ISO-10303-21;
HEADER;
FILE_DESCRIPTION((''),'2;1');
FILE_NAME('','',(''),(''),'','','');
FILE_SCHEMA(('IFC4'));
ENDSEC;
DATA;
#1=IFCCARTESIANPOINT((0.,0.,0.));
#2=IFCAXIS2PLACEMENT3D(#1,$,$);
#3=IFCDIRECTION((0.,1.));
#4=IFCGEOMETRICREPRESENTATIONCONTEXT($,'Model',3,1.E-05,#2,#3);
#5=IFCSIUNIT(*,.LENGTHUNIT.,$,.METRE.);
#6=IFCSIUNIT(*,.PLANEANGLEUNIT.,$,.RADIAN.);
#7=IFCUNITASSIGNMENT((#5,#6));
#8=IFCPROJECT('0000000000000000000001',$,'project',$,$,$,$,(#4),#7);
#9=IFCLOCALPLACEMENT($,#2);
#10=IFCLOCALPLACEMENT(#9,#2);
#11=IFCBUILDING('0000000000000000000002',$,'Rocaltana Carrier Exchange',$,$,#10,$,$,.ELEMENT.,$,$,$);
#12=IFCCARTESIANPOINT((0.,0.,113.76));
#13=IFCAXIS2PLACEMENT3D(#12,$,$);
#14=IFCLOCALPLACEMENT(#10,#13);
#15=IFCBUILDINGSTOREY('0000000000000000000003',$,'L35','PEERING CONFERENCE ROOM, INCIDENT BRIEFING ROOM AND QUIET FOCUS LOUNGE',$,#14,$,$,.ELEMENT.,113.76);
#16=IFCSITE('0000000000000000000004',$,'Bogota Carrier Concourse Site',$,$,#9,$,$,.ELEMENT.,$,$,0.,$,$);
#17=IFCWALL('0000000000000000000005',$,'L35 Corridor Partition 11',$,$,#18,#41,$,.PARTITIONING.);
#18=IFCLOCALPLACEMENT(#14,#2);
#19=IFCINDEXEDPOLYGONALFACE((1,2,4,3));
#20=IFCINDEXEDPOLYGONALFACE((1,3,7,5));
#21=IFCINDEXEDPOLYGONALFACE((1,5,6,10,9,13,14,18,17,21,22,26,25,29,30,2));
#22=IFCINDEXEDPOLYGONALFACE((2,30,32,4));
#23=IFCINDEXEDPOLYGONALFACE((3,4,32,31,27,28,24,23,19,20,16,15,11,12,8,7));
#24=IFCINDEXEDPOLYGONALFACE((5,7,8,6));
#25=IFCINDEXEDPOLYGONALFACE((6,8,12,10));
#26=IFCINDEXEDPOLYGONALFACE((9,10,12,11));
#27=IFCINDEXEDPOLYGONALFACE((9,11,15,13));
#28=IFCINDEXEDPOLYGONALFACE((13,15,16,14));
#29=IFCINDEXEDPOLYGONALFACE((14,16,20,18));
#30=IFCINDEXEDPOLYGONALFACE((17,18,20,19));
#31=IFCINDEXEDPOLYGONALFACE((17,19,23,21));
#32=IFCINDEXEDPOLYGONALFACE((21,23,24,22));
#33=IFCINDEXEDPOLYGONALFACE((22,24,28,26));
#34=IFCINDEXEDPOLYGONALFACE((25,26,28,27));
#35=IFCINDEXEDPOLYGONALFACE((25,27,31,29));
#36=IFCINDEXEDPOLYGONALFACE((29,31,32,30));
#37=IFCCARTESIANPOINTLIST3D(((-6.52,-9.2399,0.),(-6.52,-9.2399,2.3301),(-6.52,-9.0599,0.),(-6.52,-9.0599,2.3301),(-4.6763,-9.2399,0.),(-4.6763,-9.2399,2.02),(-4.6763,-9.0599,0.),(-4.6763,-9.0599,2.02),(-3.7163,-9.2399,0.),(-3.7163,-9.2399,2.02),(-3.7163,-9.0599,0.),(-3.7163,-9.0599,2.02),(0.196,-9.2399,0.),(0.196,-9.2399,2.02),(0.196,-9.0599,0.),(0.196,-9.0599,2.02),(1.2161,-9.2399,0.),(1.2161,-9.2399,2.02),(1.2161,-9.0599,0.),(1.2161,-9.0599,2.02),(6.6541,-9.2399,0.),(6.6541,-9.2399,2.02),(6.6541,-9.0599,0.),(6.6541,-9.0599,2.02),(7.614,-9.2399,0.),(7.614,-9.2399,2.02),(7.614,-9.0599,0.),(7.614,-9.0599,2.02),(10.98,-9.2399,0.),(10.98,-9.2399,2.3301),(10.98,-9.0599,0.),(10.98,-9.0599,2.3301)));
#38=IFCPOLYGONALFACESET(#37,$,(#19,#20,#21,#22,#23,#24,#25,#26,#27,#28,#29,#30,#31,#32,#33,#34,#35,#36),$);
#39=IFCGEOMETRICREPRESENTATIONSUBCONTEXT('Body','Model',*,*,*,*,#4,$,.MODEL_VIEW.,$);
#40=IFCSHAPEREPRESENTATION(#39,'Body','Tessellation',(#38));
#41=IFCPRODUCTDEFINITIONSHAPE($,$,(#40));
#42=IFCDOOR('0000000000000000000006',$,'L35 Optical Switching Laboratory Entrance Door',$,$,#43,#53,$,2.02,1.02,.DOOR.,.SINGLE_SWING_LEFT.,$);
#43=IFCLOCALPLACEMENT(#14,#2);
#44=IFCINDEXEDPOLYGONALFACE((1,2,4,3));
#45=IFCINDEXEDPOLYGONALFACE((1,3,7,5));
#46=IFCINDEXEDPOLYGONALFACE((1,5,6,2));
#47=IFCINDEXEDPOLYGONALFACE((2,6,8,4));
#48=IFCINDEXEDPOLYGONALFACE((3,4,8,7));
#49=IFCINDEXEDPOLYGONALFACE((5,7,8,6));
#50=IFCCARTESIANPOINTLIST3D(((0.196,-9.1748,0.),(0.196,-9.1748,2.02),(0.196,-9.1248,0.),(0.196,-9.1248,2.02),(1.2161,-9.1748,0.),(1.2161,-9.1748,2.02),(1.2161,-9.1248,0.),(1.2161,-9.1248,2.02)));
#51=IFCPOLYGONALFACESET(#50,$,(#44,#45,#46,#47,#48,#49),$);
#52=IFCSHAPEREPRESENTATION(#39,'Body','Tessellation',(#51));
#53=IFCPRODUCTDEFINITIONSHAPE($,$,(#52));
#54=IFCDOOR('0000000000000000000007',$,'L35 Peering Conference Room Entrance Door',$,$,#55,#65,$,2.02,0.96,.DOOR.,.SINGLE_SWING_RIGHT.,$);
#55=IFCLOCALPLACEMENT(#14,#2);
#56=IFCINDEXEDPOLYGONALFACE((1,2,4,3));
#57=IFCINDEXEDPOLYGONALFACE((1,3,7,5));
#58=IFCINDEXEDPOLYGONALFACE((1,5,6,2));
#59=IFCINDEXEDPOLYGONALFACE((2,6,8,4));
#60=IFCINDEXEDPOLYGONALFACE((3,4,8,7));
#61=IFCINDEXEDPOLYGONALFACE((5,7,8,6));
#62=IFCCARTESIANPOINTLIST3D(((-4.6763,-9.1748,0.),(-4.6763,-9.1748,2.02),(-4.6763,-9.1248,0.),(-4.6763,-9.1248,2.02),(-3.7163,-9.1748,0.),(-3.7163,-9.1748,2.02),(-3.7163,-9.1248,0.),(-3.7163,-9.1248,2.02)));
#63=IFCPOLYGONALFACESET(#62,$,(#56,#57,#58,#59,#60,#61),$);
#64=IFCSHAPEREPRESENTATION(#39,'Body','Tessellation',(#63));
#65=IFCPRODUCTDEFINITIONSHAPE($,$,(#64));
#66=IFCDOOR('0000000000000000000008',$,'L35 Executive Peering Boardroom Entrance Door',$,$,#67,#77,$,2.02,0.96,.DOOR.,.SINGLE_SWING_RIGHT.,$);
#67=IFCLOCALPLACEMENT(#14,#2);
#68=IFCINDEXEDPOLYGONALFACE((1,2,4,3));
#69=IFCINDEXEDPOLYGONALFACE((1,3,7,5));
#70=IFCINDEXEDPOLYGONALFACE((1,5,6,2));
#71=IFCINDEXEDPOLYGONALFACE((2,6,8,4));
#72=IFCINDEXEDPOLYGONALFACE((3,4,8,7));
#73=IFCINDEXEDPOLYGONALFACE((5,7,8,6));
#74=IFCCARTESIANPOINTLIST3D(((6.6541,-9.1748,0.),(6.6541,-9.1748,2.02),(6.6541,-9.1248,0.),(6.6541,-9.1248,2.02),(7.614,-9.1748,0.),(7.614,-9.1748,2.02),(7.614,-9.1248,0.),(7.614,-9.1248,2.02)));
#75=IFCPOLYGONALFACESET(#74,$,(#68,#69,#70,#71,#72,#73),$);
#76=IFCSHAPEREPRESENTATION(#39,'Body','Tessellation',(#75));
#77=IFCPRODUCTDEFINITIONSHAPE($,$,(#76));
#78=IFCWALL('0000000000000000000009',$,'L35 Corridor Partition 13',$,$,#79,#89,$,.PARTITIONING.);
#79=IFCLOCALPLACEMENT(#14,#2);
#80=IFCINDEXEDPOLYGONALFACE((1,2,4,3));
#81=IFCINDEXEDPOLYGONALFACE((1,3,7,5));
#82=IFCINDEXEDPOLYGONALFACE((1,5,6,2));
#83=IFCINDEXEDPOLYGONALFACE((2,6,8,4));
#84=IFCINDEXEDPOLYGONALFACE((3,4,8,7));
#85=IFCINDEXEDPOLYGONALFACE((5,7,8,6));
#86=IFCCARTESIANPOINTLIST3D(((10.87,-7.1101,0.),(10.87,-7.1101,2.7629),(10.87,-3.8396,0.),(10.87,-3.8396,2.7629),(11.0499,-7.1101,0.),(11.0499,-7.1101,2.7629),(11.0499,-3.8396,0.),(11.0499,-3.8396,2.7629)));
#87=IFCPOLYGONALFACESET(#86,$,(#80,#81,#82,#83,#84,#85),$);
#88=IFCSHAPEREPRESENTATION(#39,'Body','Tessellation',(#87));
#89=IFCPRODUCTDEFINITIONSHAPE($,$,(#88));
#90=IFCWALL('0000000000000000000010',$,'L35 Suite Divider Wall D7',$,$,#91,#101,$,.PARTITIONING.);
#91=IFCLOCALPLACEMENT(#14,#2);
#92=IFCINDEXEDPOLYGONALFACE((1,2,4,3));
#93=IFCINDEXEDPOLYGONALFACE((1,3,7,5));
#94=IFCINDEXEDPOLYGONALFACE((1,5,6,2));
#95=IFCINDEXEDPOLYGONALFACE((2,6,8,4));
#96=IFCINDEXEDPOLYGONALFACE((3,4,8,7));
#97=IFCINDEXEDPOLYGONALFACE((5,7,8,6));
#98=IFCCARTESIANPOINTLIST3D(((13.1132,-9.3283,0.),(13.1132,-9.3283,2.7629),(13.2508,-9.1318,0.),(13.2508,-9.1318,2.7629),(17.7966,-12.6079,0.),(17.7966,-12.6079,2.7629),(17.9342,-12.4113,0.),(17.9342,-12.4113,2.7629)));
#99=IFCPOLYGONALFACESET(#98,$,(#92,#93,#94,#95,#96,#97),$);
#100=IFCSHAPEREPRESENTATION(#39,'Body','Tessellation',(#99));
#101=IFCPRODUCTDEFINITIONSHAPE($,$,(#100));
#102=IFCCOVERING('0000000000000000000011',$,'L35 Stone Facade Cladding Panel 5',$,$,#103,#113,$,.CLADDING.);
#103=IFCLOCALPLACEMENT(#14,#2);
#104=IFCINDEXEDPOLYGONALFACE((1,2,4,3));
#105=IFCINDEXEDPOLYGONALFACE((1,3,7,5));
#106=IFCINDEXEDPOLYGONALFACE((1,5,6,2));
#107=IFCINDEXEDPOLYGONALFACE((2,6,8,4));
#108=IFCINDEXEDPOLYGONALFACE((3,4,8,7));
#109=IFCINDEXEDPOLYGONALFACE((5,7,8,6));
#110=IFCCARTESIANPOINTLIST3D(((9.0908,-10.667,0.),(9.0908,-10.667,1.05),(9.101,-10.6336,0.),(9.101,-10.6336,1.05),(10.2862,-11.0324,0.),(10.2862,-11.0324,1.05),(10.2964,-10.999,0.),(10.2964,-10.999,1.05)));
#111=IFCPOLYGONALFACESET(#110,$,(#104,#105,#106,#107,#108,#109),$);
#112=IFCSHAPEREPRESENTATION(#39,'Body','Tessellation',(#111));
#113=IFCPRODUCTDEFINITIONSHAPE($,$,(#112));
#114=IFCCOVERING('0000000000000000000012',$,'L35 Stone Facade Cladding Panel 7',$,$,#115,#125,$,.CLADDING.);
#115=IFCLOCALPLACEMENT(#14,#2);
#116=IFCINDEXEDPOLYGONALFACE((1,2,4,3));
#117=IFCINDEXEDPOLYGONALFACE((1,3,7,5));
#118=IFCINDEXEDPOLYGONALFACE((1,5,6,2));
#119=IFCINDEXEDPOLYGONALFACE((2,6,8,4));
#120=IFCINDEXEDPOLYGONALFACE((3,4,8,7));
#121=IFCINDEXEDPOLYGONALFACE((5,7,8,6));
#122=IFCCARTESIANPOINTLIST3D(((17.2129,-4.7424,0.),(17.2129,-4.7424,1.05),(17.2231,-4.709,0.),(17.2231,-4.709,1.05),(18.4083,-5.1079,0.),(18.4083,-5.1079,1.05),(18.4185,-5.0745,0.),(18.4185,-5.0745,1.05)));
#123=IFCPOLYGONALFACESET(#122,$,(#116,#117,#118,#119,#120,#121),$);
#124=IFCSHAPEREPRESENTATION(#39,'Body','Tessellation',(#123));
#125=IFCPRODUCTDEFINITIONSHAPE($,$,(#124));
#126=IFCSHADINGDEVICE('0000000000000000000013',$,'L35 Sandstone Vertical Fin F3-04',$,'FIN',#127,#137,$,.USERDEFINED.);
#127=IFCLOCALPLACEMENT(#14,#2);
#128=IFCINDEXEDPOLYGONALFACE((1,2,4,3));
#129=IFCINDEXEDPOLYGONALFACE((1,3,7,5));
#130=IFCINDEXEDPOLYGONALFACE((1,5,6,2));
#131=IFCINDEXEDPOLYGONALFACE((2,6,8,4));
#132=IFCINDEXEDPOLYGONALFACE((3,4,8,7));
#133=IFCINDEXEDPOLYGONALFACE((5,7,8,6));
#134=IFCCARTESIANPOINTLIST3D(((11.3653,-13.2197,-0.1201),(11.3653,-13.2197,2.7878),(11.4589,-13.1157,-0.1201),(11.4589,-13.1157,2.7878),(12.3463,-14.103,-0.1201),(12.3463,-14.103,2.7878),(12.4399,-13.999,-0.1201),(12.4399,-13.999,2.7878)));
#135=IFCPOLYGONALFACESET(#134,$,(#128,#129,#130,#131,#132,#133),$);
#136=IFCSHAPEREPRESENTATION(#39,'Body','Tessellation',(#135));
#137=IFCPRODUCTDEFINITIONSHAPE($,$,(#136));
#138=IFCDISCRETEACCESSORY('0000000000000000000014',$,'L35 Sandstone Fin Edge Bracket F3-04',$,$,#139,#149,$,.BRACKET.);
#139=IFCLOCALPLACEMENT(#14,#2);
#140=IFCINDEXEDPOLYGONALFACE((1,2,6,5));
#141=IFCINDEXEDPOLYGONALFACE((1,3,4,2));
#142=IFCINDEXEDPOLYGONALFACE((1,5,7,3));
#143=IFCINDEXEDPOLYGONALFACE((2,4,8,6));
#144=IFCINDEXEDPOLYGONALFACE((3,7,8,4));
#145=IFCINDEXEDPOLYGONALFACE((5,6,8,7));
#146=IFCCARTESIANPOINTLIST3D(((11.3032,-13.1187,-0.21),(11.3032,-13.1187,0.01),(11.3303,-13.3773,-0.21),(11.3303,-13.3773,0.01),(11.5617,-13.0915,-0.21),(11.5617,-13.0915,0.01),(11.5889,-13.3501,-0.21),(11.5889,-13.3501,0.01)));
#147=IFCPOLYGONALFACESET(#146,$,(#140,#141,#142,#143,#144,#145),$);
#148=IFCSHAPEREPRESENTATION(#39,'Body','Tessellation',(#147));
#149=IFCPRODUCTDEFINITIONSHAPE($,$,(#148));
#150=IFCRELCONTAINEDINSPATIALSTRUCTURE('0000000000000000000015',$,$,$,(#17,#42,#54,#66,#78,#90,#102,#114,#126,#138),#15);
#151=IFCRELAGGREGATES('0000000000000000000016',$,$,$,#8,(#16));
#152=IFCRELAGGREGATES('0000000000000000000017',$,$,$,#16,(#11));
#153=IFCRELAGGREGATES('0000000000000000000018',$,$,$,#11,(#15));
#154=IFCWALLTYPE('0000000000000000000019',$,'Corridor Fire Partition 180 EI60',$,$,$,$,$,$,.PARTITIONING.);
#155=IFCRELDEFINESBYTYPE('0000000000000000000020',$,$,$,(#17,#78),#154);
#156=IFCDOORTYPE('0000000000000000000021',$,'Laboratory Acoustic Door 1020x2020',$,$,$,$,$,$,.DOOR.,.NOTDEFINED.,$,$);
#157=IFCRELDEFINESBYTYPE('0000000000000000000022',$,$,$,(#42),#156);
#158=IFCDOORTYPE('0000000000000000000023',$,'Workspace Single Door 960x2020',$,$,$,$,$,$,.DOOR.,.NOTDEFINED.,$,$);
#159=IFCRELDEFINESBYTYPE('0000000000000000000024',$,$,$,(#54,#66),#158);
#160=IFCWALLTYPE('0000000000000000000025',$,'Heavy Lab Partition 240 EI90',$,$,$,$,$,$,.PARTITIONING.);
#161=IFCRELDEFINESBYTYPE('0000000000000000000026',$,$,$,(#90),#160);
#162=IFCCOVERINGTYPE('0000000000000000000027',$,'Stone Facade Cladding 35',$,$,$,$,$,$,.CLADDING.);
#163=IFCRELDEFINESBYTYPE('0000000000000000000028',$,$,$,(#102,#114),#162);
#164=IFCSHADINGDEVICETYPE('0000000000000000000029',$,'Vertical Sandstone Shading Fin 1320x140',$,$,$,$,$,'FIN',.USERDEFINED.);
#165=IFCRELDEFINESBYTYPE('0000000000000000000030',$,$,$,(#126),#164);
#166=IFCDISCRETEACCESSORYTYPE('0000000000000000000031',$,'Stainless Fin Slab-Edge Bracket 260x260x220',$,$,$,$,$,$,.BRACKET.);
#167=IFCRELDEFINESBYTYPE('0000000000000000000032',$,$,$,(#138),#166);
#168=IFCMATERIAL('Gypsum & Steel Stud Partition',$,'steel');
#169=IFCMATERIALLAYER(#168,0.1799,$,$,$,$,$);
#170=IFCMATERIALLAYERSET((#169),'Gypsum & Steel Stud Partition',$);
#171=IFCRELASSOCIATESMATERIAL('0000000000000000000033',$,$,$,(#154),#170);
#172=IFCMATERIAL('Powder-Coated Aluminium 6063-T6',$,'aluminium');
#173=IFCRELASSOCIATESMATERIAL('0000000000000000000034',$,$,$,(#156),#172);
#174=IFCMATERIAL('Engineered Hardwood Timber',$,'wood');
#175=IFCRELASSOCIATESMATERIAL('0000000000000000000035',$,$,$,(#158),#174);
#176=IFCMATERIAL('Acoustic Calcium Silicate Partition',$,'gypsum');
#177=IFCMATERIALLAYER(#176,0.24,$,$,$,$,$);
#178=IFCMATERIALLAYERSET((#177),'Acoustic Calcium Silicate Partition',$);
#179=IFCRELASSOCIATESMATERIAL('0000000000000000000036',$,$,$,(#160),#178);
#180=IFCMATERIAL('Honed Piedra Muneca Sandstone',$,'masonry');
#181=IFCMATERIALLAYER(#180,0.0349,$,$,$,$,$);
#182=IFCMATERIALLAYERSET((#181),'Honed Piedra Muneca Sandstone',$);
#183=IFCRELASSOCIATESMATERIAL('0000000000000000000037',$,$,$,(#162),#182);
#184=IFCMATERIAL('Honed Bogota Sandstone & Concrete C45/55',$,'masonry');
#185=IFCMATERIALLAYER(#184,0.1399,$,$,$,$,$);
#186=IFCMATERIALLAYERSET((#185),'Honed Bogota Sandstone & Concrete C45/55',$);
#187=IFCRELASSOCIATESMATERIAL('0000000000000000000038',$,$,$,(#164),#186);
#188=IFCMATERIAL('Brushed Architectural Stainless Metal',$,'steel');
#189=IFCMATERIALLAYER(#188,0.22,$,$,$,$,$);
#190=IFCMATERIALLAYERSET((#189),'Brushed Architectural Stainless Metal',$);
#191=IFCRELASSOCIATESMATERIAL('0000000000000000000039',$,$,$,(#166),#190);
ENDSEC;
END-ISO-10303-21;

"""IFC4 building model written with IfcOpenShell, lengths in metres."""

from ifc_helpers import new_model, si_unit, direction, frame, frame_2d, origin, origin_2d, place, context, subcontext, project, spatial, rectangle, extrude, material, layer, layer_set, type_object, element, fill, save


model = new_model("IFC4")

# Units and contexts
model_context = context("Model", 3, precision=1e-05, world=origin(), true_north=direction((0.0, 1.0)))
body_context = subcontext(model_context, "Body", "Model", "MODEL_VIEW")
ifc_project = project(units=[si_unit("LENGTHUNIT", "METRE"), si_unit("PLANEANGLEUNIT", "RADIAN")], contexts=[model_context])

# Site, building, storey
site_placement = place(None, origin())
site = spatial("IfcSite", under=ifc_project, at=site_placement, Name="Bogota Carrier Concourse Site", CompositionType="ELEMENT", RefElevation=0.0)
building_placement = place(site_placement, origin())
building = spatial("IfcBuilding", under=site, at=building_placement, Name="Rocaltana Carrier Exchange", CompositionType="ELEMENT")
storey_placement = place(building_placement, frame((0.0, 0.0, 113.76)))
storey = spatial("IfcBuildingStorey", under=building, at=storey_placement, Name="L35", Description="PEERING CONFERENCE ROOM, INCIDENT BRIEFING ROOM AND QUIET FOCUS LOUNGE", CompositionType="ELEMENT", Elevation=113.76)

# Shared definitions
ifc_material_1 = material(Name="Gypsum & Steel Stud Partition", Category="steel")
ifc_layer_1 = layer(ifc_material_1, 0.1799)
ifc_layer_set_1 = layer_set([ifc_layer_1], Name="Gypsum & Steel Stud Partition")
wall_type_1 = type_object("IfcWallType", Name="Corridor Fire Partition 180 EI60", PredefinedType="PARTITIONING", material=ifc_layer_set_1)

# Wall, openings, doors
wall_1_placement = place(storey_placement, frame((10.98, -9.1499, 0.0), z_axis=(0.0, 0.0, 1.0), x_axis=(-1.0, 0.0, 0.0)))
wall_1 = element("IfcWall", 1, at=wall_1_placement, inside=storey, type_object=wall_type_1, Name="L35 Corridor Partition 11", PredefinedType="PARTITIONING", context=body_context, shape_type="SweptSolid", body=[
    extrude(rectangle(XDim=17.5, YDim=0.1799, at=frame_2d((8.75, 0.0))), origin(), (0.0, 0.0, 1.0), 2.3301),
])
opening_1_placement = place(wall_1_placement, frame((14.6963, 0.0, 0.0)))
opening_1 = element("IfcOpeningElement", 2, at=opening_1_placement, cuts=wall_1, PredefinedType="OPENING", context=body_context, shape_type="SweptSolid", body=[
    extrude(rectangle(XDim=0.96, YDim=2.02, at=frame_2d((0.48, 1.01))), frame((0.0, 0.0999, 0.0), z_axis=(0.0, -1.0, 0.0), x_axis=(1.0, 0.0, 0.0)), (0.0, 0.0, 1.0), 0.2),
])
opening_2_placement = place(wall_1_placement, frame((9.7639, 0.0, 0.0)))
opening_2 = element("IfcOpeningElement", 3, at=opening_2_placement, cuts=wall_1, PredefinedType="OPENING", context=body_context, shape_type="SweptSolid", body=[
    extrude(rectangle(XDim=1.02, YDim=2.02, at=frame_2d((0.51, 1.01))), frame((0.0, 0.0999, 0.0), z_axis=(0.0, -1.0, 0.0), x_axis=(1.0, 0.0, 0.0)), (0.0, 0.0, 1.0), 0.2),
])
opening_3_placement = place(wall_1_placement, frame((3.366, 0.0, 0.0)))
opening_3 = element("IfcOpeningElement", 4, at=opening_3_placement, cuts=wall_1, PredefinedType="OPENING", context=body_context, shape_type="SweptSolid", body=[
    extrude(rectangle(XDim=0.96, YDim=2.02, at=frame_2d((0.48, 1.01))), frame((0.0, 0.0999, 0.0), z_axis=(0.0, -1.0, 0.0), x_axis=(1.0, 0.0, 0.0)), (0.0, 0.0, 1.0), 0.2),
])
ifc_material_2 = material(Name="Powder-Coated Aluminium 6063-T6", Category="aluminium")
door_type_1 = type_object("IfcDoorType", Name="Laboratory Acoustic Door 1020x2020", OperationType="NOTDEFINED", PredefinedType="DOOR", material=ifc_material_2)
door_1_placement = place(opening_2_placement, origin())
door_1 = element("IfcDoor", 5, at=door_1_placement, inside=storey, type_object=door_type_1, Name="L35 Optical Switching Laboratory Entrance Door", OperationType="SINGLE_SWING_LEFT", OverallHeight=2.02, OverallWidth=1.02, PredefinedType="DOOR", context=body_context, shape_type="SweptSolid", body=[
    extrude(rectangle(XDim=1.02, YDim=2.02, at=frame_2d((0.51, 1.01))), frame((0.0, 0.0249, 0.0), z_axis=(0.0, -1.0, 0.0), x_axis=(1.0, 0.0, 0.0)), (0.0, 0.0, 1.0), 0.05),
])
fill(opening_2, door_1)
ifc_material_3 = material(Name="Engineered Hardwood Timber", Category="wood")
door_type_2 = type_object("IfcDoorType", Name="Workspace Single Door 960x2020", OperationType="NOTDEFINED", PredefinedType="DOOR", material=ifc_material_3)
door_2_placement = place(opening_1_placement, origin())
door_2 = element("IfcDoor", 6, at=door_2_placement, inside=storey, type_object=door_type_2, Name="L35 Peering Conference Room Entrance Door", OperationType="SINGLE_SWING_RIGHT", OverallHeight=2.02, OverallWidth=0.96, PredefinedType="DOOR", context=body_context, shape_type="SweptSolid", body=[
    extrude(rectangle(XDim=0.96, YDim=2.02, at=frame_2d((0.48, 1.01))), frame((0.0, 0.0249, 0.0), z_axis=(0.0, -1.0, 0.0), x_axis=(1.0, 0.0, 0.0)), (0.0, 0.0, 1.0), 0.05),
])
fill(opening_1, door_2)
door_3_placement = place(opening_3_placement, origin())
door_3 = element("IfcDoor", 7, at=door_3_placement, inside=storey, type_object=door_type_2, Name="L35 Executive Peering Boardroom Entrance Door", OperationType="SINGLE_SWING_RIGHT", OverallHeight=2.02, OverallWidth=0.96, PredefinedType="DOOR", context=body_context, shape_type="SweptSolid", body=[
    extrude(rectangle(XDim=0.96, YDim=2.02, at=frame_2d((0.48, 1.01))), frame((0.0, 0.0249, 0.0), z_axis=(0.0, -1.0, 0.0), x_axis=(1.0, 0.0, 0.0)), (0.0, 0.0, 1.0), 0.05),
])
fill(opening_3, door_3)

# Walls
wall_2_placement = place(storey_placement, frame((10.96, -7.1101, 0.0), z_axis=(0.0, 0.0, 1.0), x_axis=(0.0, 1.0, 0.0)))
element("IfcWall", 8, at=wall_2_placement, inside=storey, type_object=wall_type_1, Name="L35 Corridor Partition 13", PredefinedType="PARTITIONING", context=body_context, shape_type="SweptSolid", body=[
    extrude(rectangle(XDim=3.2705, YDim=0.1799, at=frame_2d((1.6353, 0.0))), origin(), (0.0, 0.0, 1.0), 2.7629),
])
ifc_material_4 = material(Name="Acoustic Calcium Silicate Partition", Category="gypsum")
ifc_layer_2 = layer(ifc_material_4, 0.24)
ifc_layer_set_2 = layer_set([ifc_layer_2], Name="Acoustic Calcium Silicate Partition")
wall_type_2 = type_object("IfcWallType", Name="Heavy Lab Partition 240 EI90", PredefinedType="PARTITIONING", material=ifc_layer_set_2)
wall_3_placement = place(storey_placement, frame((13.1819, -9.23, 0.0), z_axis=(0.0, 0.0, 1.0), x_axis=(0.819134, -0.573603, 0.0)))
element("IfcWall", 9, at=wall_3_placement, inside=storey, type_object=wall_type_2, Name="L35 Suite Divider Wall D7", PredefinedType="PARTITIONING", context=body_context, shape_type="SweptSolid", body=[
    extrude(rectangle(XDim=5.7175, YDim=0.24, at=frame_2d((2.8589, 0.0))), origin(), (0.0, 0.0, 1.0), 2.7629),
])

# Coverings
ifc_material_5 = material(Name="Honed Piedra Muneca Sandstone", Category="masonry")
ifc_layer_3 = layer(ifc_material_5, 0.0349)
ifc_layer_set_3 = layer_set([ifc_layer_3], Name="Honed Piedra Muneca Sandstone")
covering_type = type_object("IfcCoveringType", Name="Stone Facade Cladding 35", PredefinedType="CLADDING", material=ifc_layer_set_3)
for number, where, z_axis, x_axis, name in (
    (10, (9.6936, -10.833, 0.0), (0.0, 0.0, 1.0), (-0.956305, 0.292372, 0.0), "L35 Stone Facade Cladding Panel 5"),
    (11, (17.8157, -4.9084, 0.0), (0.0, 0.0, 1.0), (-0.956305, 0.292372, 0.0), "L35 Stone Facade Cladding Panel 7"),
):
    element("IfcCovering", number, at=place(storey_placement, frame(where, z_axis=z_axis, x_axis=x_axis)), inside=storey, type_object=covering_type, Name=name, PredefinedType="CLADDING", context=body_context, shape_type="SweptSolid", body=[
        extrude(rectangle(XDim=1.25, YDim=0.0349, at=origin_2d()), origin(), (0.0, 0.0, 1.0), 1.05),
    ])

# Shading device
ifc_material_6 = material(Name="Honed Bogota Sandstone & Concrete C45/55", Category="masonry")
ifc_layer_4 = layer(ifc_material_6, 0.1399)
ifc_layer_set_4 = layer_set([ifc_layer_4], Name="Honed Bogota Sandstone & Concrete C45/55")
shading_device_type = type_object("IfcShadingDeviceType", Name="Vertical Sandstone Shading Fin 1320x140", ElementType="FIN", PredefinedType="USERDEFINED", material=ifc_layer_set_4)
shading_device_placement = place(storey_placement, frame((11.9026, -13.6094, -0.1201), z_axis=(0.0, 0.0, 1.0), x_axis=(0.743145, -0.669131, 0.0)))
element("IfcShadingDevice", 12, at=shading_device_placement, inside=storey, type_object=shading_device_type, Name="L35 Sandstone Vertical Fin F3-04", ObjectType="FIN", PredefinedType="USERDEFINED", context=body_context, shape_type="SweptSolid", body=[
    extrude(rectangle(XDim=1.3201, YDim=0.1399, at=origin_2d()), origin(), (0.0, 0.0, 1.0), 2.908),
])

# Discrete accessory
ifc_material_7 = material(Name="Brushed Architectural Stainless Metal", Category="steel")
ifc_layer_5 = layer(ifc_material_7, 0.22)
ifc_layer_set_5 = layer_set([ifc_layer_5], Name="Brushed Architectural Stainless Metal")
discrete_accessory_type = type_object("IfcDiscreteAccessoryType", Name="Stainless Fin Slab-Edge Bracket 260x260x220", PredefinedType="BRACKET", material=ifc_layer_set_5)
discrete_accessory_placement = place(storey_placement, frame((11.446, -13.2344, -0.21), z_axis=(0.0, 0.0, 1.0), x_axis=(0.994522, 0.104528, 0.0)))
element("IfcDiscreteAccessory", 13, at=discrete_accessory_placement, inside=storey, type_object=discrete_accessory_type, Name="L35 Sandstone Fin Edge Bracket F3-04", PredefinedType="BRACKET", context=body_context, shape_type="SweptSolid", body=[
    extrude(rectangle(XDim=0.26, YDim=0.26, at=origin_2d()), origin(), (0.0, 0.0, 1.0), 0.22),
])

save(model, "model.ifc")
